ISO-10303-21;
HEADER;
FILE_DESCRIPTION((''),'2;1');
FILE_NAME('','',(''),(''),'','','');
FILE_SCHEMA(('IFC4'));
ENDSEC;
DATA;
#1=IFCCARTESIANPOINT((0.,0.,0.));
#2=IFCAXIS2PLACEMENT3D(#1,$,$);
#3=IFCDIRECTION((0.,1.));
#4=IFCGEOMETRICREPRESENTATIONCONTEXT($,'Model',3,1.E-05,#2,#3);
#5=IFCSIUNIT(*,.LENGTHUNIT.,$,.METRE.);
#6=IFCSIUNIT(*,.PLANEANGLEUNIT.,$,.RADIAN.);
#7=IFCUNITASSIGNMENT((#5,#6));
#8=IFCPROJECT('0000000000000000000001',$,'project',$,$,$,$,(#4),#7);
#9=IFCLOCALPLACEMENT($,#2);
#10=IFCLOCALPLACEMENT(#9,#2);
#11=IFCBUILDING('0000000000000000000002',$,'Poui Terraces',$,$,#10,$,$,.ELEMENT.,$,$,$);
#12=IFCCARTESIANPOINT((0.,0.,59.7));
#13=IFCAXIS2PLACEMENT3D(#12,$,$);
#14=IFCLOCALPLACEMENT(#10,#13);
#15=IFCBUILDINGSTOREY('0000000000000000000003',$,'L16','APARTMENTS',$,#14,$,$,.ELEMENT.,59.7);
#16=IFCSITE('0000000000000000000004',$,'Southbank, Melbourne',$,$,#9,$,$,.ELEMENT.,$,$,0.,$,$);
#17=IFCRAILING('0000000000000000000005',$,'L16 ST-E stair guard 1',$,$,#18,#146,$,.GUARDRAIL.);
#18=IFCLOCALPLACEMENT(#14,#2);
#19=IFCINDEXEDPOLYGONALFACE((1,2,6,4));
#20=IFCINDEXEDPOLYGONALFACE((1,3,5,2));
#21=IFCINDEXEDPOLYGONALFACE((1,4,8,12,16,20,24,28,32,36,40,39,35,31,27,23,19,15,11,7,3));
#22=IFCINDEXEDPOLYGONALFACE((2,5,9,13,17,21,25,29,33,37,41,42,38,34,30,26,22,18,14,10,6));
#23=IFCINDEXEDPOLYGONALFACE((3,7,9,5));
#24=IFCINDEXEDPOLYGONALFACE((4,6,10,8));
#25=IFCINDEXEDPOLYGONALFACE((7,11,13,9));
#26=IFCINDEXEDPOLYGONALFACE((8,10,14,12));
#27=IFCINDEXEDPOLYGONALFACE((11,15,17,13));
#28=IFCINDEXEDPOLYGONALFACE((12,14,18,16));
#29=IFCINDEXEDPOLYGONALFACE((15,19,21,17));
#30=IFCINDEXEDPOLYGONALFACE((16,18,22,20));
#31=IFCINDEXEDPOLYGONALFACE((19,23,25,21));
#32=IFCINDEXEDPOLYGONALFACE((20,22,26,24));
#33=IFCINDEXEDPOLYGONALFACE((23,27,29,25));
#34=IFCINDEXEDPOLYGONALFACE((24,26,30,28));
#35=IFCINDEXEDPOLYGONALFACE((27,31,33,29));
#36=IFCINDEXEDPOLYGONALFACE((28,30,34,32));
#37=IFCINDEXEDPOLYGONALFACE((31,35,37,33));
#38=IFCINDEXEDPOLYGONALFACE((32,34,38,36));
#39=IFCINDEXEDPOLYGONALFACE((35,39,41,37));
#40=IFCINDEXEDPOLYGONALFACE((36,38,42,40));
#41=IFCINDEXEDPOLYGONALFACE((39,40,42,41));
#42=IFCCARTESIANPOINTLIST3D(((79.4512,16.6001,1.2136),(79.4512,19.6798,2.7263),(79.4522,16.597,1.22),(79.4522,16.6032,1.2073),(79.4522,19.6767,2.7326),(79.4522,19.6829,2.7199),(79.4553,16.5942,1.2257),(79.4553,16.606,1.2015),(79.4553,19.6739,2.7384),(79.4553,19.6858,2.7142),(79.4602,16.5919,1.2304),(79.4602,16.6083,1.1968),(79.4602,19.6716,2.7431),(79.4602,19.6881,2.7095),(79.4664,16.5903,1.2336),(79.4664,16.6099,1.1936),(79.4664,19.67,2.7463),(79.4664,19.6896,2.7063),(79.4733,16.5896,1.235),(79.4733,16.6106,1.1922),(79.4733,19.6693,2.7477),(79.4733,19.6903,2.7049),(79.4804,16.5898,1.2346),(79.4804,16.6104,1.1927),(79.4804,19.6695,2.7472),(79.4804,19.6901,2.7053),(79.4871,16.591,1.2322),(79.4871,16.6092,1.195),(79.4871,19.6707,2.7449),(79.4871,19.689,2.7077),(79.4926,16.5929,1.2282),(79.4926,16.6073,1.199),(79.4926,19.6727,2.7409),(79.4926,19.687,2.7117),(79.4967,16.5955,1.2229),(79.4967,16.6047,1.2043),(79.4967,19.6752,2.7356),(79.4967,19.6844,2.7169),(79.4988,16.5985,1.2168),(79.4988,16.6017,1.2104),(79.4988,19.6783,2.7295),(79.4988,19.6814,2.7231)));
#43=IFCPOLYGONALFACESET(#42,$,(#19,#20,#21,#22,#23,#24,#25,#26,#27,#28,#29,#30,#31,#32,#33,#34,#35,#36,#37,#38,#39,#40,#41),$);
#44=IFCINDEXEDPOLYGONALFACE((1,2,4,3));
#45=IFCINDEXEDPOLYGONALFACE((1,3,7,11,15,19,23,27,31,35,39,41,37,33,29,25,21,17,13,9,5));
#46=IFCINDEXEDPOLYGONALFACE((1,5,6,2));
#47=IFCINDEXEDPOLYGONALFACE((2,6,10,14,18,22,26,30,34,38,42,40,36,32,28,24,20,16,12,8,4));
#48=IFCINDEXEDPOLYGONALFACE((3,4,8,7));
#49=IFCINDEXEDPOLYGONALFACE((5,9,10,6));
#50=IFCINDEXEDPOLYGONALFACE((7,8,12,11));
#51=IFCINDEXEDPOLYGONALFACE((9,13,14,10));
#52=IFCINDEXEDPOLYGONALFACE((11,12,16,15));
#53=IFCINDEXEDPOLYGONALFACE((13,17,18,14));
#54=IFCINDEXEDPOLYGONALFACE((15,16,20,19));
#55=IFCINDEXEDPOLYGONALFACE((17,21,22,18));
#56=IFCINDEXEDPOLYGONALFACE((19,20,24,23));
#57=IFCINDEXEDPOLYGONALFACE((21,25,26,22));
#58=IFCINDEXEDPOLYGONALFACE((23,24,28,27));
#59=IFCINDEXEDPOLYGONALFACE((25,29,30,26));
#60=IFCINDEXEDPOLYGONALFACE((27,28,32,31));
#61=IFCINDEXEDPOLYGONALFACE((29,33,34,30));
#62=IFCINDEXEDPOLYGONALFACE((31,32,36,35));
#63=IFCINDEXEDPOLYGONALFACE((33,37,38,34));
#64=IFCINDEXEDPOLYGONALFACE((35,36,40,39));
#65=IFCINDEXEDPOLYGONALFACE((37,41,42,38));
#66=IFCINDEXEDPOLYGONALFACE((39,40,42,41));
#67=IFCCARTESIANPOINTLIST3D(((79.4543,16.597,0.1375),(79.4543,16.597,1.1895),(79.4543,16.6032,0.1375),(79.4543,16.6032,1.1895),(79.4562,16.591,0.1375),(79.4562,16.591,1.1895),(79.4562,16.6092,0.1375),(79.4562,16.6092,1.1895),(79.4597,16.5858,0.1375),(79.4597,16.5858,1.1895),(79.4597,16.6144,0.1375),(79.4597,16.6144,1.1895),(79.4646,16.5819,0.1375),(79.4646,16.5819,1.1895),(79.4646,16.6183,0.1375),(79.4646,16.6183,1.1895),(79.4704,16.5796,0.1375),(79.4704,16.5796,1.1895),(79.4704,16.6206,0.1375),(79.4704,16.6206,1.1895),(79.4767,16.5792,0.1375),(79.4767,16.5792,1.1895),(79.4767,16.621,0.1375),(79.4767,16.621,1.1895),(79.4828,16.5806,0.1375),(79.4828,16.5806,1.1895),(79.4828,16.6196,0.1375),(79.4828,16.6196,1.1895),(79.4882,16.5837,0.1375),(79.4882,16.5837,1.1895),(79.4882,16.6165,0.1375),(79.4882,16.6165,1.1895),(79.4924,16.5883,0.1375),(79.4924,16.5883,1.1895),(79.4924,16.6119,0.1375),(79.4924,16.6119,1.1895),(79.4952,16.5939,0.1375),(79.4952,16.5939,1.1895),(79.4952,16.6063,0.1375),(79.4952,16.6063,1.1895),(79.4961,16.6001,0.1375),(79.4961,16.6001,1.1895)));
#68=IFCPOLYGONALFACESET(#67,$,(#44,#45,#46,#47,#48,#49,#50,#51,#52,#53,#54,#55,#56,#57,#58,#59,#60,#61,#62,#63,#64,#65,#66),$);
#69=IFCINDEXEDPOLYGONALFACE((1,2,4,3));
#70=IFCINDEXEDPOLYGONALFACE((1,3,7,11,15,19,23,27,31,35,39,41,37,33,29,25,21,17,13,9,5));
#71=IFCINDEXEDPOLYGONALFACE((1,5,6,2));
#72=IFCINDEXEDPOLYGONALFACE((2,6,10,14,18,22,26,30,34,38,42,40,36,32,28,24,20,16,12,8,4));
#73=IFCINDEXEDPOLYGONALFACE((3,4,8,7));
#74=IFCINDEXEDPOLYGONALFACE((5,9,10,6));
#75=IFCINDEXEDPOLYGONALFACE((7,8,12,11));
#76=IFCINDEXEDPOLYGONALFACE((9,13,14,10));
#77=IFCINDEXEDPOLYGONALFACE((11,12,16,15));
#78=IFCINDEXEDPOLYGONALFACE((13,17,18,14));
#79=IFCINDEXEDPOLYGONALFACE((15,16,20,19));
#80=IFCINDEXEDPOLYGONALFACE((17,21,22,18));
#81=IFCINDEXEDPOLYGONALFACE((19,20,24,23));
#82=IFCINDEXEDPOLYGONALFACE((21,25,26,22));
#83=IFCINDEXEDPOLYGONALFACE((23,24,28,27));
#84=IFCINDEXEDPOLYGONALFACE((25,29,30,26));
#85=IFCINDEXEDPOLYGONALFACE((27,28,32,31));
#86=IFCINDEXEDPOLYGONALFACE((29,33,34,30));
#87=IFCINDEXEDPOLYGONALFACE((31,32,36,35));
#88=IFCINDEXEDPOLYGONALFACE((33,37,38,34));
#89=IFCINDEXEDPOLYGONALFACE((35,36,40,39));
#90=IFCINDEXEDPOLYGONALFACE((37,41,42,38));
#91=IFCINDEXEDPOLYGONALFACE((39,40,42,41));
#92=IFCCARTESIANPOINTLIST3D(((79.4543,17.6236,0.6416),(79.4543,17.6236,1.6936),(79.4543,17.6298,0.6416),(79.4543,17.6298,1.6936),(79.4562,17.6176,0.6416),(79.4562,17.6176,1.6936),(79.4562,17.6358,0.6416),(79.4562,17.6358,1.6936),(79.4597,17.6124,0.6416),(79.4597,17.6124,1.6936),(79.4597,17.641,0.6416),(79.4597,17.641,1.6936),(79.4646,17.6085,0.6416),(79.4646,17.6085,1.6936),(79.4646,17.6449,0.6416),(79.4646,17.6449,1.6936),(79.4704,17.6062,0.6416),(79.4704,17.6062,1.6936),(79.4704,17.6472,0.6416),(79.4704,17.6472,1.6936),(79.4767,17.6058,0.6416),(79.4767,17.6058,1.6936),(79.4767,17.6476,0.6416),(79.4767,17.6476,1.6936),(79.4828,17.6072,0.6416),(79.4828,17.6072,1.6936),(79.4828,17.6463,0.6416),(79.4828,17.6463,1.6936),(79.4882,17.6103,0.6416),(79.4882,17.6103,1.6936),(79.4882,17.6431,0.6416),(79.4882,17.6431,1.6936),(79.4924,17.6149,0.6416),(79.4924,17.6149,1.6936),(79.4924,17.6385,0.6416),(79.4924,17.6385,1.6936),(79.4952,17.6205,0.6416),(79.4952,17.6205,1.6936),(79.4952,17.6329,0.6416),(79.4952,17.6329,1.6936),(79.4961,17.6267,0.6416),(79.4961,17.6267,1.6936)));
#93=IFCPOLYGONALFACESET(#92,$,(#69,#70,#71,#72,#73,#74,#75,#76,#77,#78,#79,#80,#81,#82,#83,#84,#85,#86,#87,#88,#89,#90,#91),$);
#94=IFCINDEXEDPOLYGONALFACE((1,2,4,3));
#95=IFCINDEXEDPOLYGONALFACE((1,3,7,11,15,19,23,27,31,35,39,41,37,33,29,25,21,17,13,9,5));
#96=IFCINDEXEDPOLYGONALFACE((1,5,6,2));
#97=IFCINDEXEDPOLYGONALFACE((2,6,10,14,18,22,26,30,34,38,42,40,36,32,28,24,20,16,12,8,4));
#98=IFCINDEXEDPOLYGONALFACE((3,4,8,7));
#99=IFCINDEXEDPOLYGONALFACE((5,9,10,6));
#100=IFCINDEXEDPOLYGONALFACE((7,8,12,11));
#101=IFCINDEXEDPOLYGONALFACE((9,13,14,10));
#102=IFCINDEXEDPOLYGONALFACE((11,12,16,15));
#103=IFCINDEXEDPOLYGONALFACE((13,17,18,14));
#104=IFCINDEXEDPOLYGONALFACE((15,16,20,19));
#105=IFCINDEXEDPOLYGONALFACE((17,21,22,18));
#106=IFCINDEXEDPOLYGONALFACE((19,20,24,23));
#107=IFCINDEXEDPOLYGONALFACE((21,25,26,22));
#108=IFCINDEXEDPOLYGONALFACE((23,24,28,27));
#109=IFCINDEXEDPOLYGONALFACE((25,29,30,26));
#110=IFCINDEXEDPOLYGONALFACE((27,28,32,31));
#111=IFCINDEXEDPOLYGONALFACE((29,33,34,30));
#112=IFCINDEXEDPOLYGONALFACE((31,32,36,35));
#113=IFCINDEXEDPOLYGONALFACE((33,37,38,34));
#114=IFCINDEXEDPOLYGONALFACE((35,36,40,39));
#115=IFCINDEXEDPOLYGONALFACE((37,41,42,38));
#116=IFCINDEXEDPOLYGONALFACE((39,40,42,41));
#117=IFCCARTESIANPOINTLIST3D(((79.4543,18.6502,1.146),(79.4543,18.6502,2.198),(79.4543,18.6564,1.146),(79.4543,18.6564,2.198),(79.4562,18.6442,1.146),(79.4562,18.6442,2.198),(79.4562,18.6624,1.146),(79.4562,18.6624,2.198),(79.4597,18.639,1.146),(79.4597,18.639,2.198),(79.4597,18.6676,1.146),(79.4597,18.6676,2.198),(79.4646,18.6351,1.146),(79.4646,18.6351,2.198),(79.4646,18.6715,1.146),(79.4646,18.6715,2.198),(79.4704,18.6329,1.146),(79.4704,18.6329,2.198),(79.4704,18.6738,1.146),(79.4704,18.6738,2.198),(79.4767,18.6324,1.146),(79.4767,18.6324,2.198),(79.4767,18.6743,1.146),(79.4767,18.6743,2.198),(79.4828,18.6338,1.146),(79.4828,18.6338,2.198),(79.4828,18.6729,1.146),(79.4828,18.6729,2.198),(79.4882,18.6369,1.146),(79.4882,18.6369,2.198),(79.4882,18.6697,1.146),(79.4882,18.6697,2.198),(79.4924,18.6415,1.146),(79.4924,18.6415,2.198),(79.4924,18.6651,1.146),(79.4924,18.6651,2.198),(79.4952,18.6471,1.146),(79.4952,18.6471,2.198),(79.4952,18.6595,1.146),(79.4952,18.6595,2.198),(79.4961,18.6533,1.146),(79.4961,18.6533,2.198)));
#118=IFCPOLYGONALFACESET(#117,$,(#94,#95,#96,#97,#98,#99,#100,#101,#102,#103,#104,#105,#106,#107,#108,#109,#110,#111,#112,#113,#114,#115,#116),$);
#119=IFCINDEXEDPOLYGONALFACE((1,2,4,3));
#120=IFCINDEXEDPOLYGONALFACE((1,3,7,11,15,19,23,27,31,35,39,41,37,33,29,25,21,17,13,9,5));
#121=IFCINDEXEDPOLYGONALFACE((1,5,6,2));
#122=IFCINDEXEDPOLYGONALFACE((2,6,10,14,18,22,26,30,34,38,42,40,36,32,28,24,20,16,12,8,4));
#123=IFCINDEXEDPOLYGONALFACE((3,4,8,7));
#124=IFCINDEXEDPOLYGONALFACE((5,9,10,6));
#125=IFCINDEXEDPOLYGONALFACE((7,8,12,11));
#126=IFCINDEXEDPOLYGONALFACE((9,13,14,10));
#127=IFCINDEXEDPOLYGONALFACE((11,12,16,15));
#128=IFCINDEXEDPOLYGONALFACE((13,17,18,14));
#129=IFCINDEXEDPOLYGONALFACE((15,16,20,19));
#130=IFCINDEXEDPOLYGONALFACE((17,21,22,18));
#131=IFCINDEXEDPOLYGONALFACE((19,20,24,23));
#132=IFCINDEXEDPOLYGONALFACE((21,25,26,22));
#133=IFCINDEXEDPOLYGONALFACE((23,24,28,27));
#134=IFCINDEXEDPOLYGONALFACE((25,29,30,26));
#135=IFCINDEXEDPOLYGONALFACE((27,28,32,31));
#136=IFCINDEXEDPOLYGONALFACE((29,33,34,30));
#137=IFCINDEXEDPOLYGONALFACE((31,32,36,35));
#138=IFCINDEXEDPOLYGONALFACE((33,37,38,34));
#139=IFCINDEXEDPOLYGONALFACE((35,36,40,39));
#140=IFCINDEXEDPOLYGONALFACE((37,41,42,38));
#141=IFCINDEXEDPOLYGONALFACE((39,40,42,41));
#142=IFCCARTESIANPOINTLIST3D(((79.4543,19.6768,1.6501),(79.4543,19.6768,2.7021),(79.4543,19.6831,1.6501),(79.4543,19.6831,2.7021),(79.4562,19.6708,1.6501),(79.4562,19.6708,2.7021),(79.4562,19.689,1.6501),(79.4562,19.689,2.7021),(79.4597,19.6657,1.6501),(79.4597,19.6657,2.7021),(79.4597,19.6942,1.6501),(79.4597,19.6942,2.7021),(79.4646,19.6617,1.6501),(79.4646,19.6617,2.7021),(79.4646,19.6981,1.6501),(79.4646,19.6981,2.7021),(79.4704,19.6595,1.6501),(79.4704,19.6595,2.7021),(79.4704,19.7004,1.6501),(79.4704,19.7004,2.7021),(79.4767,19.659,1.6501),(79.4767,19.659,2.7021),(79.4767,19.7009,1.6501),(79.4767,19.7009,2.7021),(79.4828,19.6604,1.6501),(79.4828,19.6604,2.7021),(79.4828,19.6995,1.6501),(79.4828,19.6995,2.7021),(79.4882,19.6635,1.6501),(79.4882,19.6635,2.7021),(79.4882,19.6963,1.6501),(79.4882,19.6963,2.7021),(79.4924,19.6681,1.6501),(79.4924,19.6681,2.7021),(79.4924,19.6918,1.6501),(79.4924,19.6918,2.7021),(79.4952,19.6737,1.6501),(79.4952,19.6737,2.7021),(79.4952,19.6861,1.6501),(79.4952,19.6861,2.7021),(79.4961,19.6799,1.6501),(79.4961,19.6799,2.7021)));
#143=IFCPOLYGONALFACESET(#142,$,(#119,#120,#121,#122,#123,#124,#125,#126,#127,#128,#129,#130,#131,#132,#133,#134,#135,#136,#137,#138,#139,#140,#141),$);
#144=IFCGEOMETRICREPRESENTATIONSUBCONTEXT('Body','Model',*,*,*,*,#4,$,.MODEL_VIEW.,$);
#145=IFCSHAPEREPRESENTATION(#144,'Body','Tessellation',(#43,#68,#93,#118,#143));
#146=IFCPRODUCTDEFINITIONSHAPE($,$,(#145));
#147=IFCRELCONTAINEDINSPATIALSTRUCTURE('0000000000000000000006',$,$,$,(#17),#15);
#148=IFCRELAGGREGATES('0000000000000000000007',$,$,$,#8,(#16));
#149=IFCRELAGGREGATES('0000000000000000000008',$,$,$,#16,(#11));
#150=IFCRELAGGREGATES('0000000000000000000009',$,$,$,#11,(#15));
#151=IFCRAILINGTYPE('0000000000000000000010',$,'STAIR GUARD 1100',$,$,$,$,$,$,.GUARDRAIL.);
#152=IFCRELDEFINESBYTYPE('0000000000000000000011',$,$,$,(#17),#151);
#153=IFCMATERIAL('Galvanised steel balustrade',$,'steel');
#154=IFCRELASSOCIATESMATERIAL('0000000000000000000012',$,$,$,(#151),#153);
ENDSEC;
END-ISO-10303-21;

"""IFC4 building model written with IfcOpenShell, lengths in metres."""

from ifc_helpers import new_model, si_unit, direction, frame, origin, origin_2d, place, context, subcontext, project, spatial, circle, extrude, material, type_object, element, save


model = new_model("IFC4")

# Units and contexts
model_context = context("Model", 3, precision=1e-05, world=origin(), true_north=direction((0.0, 1.0)))
body_context = subcontext(model_context, "Body", "Model", "MODEL_VIEW")
ifc_project = project(units=[si_unit("LENGTHUNIT", "METRE"), si_unit("PLANEANGLEUNIT", "RADIAN")], contexts=[model_context])

# Site, building, storey
site_placement = place(None, origin())
site = spatial("IfcSite", under=ifc_project, at=site_placement, Name="Southbank, Melbourne", CompositionType="ELEMENT", RefElevation=0.0)
building_placement = place(site_placement, origin())
building = spatial("IfcBuilding", under=site, at=building_placement, Name="Poui Terraces", CompositionType="ELEMENT")
storey_placement = place(building_placement, frame((0.0, 0.0, 59.7)))
storey = spatial("IfcBuildingStorey", under=building, at=storey_placement, Name="L16", Description="APARTMENTS", CompositionType="ELEMENT", Elevation=59.7)

# Railing
ifc_material_1 = material(Name="Galvanised steel balustrade", Category="steel")
railing_type_1 = type_object("IfcRailingType", Name="STAIR GUARD 1100", PredefinedType="GUARDRAIL", material=ifc_material_1)
railing_1_placement = place(storey_placement, frame((79.4751, 16.6001, 0.1375)))
element("IfcRailing", 1, at=railing_1_placement, inside=storey, type_object=railing_type_1, Name="L16 ST-E stair guard 1", PredefinedType="GUARDRAIL", context=body_context, shape_type="SweptSolid", body=[
    extrude(circle(Radius=0.0239, at=origin_2d()), frame((0.0, 0.0, 1.0762), z_axis=(0.0, 0.897578, 0.440856), x_axis=(-1.0, 0.0, 0.0)), (0.0, 0.0, 1.0), 3.4312),
    extrude(circle(Radius=0.021, at=origin_2d()), origin(), (0.0, 0.0, 1.0), 1.052),
    extrude(circle(Radius=0.021, at=origin_2d()), frame((0.0, 1.0266, 0.5042)), (0.0, 0.0, 1.0), 1.052),
    extrude(circle(Radius=0.021, at=origin_2d()), frame((0.0, 2.0532, 1.0085)), (0.0, 0.0, 1.0), 1.052),
    extrude(circle(Radius=0.021, at=origin_2d()), frame((0.0, 3.0798, 1.5127)), (0.0, 0.0, 1.0), 1.052),
])

save(model, "model.ifc")
